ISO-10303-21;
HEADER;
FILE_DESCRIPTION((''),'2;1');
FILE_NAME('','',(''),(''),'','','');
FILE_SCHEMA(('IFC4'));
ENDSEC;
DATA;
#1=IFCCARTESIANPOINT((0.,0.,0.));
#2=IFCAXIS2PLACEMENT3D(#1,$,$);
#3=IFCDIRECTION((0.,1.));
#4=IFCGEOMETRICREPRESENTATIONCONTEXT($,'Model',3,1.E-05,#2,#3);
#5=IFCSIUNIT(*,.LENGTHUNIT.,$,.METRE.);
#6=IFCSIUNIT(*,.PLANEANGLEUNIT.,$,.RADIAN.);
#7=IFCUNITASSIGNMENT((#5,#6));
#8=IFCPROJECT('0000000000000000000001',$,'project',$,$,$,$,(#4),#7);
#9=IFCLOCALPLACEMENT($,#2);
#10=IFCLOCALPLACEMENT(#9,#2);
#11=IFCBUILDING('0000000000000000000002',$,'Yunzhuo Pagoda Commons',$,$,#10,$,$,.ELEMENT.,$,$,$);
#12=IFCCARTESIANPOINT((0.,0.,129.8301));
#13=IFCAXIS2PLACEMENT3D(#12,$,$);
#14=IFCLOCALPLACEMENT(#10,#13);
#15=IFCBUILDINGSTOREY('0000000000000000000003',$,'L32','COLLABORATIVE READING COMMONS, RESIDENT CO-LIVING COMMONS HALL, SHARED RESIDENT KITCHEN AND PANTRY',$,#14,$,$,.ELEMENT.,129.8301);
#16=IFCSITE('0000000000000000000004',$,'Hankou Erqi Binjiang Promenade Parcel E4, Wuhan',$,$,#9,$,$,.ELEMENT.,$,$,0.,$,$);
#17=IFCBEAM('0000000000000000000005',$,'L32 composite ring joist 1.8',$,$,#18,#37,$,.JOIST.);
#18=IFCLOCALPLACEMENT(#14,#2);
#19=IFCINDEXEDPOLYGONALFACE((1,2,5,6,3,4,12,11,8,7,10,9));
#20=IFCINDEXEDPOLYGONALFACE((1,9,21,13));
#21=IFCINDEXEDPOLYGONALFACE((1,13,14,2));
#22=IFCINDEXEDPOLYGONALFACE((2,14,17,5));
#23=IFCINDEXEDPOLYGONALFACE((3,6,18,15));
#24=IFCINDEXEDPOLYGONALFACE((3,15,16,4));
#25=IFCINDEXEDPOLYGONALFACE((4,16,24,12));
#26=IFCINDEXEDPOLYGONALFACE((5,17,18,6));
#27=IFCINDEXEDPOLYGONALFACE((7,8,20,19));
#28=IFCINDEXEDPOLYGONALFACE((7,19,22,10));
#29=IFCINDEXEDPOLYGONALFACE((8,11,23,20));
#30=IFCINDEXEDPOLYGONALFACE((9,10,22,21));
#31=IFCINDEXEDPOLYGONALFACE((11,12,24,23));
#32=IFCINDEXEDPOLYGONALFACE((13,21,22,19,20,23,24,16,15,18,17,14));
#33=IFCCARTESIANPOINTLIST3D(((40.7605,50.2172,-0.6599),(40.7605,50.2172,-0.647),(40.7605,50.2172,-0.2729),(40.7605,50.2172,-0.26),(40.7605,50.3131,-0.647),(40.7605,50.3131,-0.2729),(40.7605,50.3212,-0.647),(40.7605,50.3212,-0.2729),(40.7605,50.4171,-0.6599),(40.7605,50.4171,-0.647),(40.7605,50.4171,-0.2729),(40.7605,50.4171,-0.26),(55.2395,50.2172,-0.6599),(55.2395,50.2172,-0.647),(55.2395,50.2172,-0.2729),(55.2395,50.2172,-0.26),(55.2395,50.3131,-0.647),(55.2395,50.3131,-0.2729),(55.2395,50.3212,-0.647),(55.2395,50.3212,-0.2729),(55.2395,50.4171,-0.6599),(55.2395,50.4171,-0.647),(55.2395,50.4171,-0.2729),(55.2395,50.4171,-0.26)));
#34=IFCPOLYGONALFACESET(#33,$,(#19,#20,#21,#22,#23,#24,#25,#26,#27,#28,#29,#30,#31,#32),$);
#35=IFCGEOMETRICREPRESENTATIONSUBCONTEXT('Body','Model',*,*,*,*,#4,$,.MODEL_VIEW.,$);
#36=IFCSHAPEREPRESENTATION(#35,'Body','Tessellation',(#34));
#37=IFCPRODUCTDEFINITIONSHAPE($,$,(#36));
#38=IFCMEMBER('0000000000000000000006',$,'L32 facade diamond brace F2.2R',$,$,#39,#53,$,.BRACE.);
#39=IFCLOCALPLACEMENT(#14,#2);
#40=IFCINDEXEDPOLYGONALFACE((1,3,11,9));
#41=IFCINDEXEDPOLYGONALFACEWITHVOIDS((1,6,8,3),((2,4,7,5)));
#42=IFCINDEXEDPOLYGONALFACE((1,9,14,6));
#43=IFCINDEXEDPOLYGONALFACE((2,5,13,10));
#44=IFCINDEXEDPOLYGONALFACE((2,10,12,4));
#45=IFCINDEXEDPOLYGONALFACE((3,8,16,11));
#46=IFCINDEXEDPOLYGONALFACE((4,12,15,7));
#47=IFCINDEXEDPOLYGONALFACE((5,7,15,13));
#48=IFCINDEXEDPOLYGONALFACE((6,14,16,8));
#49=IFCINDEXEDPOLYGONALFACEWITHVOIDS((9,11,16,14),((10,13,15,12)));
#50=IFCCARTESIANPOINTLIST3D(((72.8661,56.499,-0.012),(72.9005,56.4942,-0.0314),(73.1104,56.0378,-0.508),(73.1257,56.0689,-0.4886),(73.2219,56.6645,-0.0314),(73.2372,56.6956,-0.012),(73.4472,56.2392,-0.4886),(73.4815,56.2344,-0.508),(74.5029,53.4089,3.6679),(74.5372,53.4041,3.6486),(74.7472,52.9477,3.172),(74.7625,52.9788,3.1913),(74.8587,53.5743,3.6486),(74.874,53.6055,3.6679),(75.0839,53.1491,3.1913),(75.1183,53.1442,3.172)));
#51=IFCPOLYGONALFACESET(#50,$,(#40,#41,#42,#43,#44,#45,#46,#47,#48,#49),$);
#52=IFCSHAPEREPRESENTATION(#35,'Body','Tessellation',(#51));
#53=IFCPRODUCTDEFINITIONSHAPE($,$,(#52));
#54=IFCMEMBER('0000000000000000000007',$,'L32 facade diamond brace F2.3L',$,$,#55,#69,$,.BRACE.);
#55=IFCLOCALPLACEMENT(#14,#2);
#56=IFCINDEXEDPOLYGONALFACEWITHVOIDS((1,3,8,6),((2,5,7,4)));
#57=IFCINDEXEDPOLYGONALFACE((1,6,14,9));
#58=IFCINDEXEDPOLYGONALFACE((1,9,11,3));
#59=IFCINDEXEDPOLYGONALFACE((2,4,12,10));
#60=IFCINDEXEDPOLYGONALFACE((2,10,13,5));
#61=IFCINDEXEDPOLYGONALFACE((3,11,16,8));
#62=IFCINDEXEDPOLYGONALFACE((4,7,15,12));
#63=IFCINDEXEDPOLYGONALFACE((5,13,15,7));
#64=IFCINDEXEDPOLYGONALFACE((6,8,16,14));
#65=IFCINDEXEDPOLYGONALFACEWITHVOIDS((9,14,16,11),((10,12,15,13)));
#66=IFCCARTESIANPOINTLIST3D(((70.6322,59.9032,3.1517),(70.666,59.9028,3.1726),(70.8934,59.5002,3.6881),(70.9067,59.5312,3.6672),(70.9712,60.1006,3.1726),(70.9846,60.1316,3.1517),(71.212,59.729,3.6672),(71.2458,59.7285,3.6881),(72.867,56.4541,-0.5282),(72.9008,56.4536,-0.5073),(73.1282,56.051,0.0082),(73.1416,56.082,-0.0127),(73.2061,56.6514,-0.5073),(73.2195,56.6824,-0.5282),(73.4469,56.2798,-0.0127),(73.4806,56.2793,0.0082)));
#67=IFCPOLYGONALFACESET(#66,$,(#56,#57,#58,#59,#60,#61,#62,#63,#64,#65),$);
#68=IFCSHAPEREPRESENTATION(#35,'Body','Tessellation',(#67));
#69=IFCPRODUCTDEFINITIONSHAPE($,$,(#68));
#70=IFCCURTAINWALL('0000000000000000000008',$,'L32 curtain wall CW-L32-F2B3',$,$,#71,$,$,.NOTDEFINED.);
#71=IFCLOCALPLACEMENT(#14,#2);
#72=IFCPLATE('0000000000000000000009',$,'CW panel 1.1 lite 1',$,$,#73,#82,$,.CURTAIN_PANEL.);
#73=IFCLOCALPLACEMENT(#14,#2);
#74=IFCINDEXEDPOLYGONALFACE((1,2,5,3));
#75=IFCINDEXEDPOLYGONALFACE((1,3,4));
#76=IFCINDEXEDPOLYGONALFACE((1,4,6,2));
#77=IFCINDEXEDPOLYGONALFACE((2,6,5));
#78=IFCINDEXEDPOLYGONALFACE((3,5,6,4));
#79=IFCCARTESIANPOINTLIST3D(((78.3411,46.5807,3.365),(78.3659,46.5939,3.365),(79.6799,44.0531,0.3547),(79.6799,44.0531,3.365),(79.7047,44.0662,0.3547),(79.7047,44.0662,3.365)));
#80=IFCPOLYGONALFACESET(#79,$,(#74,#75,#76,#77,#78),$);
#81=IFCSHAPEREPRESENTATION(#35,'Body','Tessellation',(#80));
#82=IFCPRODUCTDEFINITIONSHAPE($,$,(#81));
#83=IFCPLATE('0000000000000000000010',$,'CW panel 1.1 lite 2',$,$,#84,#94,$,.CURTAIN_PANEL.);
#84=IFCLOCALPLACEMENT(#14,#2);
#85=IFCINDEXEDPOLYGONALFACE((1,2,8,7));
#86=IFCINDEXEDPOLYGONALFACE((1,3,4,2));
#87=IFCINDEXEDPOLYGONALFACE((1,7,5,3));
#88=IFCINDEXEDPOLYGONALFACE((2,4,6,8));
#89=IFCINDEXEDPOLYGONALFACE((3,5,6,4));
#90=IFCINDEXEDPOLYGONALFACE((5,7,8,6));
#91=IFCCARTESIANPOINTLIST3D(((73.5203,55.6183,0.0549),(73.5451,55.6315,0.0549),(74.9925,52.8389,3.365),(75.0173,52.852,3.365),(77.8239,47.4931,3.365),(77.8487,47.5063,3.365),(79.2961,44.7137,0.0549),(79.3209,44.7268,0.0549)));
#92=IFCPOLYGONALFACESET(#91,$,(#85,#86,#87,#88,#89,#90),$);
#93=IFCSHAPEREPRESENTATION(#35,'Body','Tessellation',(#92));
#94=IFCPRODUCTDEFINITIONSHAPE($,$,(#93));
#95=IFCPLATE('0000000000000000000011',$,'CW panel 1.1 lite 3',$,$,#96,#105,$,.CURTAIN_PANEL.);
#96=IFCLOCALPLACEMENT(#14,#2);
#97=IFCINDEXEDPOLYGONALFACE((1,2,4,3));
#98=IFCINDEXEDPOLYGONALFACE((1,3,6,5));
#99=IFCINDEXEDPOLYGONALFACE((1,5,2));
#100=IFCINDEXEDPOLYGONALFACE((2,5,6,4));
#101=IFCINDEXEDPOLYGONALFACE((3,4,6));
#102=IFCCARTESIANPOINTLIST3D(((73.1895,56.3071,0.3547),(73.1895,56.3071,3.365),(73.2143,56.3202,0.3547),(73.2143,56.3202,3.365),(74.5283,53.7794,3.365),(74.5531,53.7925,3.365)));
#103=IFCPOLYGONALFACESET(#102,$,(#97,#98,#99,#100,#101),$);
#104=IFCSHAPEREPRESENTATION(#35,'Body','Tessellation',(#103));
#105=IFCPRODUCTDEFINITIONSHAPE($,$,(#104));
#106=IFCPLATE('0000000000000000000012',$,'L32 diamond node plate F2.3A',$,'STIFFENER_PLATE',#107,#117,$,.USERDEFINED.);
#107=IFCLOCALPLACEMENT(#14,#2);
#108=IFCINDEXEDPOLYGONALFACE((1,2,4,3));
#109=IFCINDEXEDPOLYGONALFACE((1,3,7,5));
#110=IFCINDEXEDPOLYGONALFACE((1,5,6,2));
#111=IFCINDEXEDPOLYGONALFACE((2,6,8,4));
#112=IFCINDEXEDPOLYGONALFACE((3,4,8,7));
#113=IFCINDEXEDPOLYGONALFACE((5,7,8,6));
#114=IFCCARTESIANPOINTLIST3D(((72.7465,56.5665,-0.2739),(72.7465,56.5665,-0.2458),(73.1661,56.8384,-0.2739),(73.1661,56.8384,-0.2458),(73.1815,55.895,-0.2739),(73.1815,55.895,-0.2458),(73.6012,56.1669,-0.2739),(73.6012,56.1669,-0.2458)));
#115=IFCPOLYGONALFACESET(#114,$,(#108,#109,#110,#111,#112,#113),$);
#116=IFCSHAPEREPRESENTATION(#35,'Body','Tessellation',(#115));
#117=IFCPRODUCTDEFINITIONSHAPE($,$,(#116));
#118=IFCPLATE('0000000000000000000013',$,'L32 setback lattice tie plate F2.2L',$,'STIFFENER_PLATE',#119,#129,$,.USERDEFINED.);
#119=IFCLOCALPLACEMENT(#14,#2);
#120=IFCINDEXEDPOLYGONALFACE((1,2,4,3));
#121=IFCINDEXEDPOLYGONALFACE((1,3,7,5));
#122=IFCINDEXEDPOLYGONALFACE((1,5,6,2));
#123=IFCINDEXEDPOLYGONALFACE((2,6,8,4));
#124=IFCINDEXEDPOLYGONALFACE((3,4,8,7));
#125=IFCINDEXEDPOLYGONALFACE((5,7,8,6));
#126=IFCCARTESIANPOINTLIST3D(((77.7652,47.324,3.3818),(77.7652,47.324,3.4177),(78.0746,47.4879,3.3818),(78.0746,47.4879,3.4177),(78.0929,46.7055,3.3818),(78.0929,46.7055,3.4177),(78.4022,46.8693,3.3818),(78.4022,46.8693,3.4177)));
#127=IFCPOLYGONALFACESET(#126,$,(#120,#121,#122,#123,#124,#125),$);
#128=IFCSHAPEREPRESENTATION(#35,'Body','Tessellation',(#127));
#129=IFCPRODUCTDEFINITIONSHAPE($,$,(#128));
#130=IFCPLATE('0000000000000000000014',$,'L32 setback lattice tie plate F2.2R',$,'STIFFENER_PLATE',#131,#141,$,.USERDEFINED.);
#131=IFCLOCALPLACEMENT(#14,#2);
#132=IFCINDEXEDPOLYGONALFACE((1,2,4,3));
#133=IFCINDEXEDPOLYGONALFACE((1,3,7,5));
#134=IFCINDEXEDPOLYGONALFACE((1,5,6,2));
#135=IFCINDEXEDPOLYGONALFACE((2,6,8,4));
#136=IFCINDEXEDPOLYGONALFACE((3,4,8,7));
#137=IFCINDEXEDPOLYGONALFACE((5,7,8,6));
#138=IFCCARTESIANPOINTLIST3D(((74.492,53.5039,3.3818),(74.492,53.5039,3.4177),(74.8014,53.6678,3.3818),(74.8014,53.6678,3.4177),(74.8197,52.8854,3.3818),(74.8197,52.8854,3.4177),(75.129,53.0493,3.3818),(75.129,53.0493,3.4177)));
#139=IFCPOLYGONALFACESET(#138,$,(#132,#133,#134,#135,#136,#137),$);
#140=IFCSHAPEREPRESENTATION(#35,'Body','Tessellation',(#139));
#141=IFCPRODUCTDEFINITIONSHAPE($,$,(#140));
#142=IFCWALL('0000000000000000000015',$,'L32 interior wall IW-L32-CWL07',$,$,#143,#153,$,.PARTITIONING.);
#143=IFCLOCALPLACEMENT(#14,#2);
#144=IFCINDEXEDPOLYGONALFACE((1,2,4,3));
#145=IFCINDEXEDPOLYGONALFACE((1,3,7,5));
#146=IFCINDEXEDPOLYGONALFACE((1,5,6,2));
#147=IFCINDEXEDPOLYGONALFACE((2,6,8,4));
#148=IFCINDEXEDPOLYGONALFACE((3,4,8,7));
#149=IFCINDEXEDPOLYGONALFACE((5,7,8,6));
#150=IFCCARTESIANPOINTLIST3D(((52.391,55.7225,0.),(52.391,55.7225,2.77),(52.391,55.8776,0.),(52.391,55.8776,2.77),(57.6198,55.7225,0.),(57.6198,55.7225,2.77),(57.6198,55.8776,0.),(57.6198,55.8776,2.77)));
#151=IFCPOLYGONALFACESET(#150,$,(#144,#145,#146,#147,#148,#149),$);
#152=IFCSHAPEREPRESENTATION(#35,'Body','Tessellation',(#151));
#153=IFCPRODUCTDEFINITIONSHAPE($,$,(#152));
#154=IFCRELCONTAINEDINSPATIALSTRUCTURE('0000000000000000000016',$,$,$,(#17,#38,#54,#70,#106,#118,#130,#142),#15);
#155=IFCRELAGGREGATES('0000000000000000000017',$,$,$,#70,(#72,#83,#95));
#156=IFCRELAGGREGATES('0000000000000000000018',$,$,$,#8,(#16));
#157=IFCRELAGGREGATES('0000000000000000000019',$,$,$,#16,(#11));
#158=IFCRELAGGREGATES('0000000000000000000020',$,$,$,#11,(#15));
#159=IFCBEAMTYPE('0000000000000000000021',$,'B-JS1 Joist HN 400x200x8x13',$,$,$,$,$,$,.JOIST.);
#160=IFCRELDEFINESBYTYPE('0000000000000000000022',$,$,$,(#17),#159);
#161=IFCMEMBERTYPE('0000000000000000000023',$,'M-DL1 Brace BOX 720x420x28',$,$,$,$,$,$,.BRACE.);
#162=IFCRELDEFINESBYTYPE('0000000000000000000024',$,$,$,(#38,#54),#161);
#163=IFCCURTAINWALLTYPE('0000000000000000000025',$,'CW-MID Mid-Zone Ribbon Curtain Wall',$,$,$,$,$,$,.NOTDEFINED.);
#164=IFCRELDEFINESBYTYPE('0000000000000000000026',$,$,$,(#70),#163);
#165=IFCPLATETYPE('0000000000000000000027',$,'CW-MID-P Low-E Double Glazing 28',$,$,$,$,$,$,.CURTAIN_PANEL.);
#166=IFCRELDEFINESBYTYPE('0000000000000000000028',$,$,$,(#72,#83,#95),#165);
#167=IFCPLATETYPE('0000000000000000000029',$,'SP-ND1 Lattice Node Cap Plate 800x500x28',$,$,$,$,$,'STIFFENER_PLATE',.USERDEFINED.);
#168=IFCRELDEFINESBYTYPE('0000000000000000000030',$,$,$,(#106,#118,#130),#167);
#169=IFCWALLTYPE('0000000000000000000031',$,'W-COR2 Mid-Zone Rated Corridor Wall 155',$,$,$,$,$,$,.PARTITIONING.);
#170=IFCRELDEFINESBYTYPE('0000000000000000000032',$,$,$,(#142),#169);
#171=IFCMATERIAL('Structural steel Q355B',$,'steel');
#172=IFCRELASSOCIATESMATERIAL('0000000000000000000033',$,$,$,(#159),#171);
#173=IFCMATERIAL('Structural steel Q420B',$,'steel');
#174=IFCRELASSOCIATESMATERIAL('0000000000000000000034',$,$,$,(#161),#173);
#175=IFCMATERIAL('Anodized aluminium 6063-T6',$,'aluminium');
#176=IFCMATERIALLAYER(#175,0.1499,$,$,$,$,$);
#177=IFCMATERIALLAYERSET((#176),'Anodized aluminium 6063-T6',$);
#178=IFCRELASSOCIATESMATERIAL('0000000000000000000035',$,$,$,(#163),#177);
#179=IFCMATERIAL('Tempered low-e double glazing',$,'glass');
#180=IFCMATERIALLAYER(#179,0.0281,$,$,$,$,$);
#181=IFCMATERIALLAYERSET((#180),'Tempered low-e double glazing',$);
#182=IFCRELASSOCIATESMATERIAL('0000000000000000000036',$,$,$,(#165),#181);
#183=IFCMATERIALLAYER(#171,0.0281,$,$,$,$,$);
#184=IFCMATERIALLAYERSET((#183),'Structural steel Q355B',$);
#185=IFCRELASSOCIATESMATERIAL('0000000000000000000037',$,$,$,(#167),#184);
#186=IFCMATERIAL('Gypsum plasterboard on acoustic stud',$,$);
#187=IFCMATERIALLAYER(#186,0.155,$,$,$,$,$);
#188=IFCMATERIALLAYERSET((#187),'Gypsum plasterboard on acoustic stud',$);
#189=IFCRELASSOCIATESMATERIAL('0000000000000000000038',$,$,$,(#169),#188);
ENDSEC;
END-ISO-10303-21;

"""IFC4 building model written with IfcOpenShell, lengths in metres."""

from ifc_helpers import new_model, si_unit, direction, frame, frame_2d, origin, origin_2d, place, context, subcontext, project, spatial, polyline, rectangle, hollow_rectangle, i_section, outline, extrude, source, transform, mapped, material, layer, layer_set, material_profile, profile_set, type_object, element, aggregate, save


model = new_model("IFC4")

# Units and contexts
model_context = context("Model", 3, precision=1e-05, world=origin(), true_north=direction((0.0, 1.0)))
body_context = subcontext(model_context, "Body", "Model", "MODEL_VIEW")
ifc_project = project(units=[si_unit("LENGTHUNIT", "METRE"), si_unit("PLANEANGLEUNIT", "RADIAN")], contexts=[model_context])

# Site, building, storey
site_placement = place(None, origin())
site = spatial("IfcSite", under=ifc_project, at=site_placement, Name="Hankou Erqi Binjiang Promenade Parcel E4, Wuhan", CompositionType="ELEMENT", RefElevation=0.0)
building_placement = place(site_placement, origin())
building = spatial("IfcBuilding", under=site, at=building_placement, Name="Yunzhuo Pagoda Commons", CompositionType="ELEMENT")
storey_placement = place(building_placement, frame((0.0, 0.0, 129.8301)))
storey = spatial("IfcBuildingStorey", under=building, at=storey_placement, Name="L32", Description="COLLABORATIVE READING COMMONS, RESIDENT CO-LIVING COMMONS HALL, SHARED RESIDENT KITCHEN AND PANTRY", CompositionType="ELEMENT", Elevation=129.8301)

# Shared definitions
ifc_material_1 = material(Name="Structural steel Q420B", Category="steel")

# Beam
ifc_material_2 = material(Name="Structural steel Q355B", Category="steel")
ifc_material_profile_1 = material_profile(ifc_material_2, i_section(OverallWidth=0.2, OverallDepth=0.3999, WebThickness=0.0081, FlangeThickness=0.0129, at=origin_2d()), Name="Structural steel Q355B")
ifc_profile_set_1 = profile_set([ifc_material_profile_1], Name="Structural steel Q355B")
beam_type_1 = type_object("IfcBeamType", Name="B-JS1 Joist HN 400x200x8x13", PredefinedType="JOIST", material=ifc_profile_set_1)
shared_shape_1 = source(origin(), body_context, "Body", "SweptSolid", [
    extrude(i_section(OverallWidth=0.2, OverallDepth=0.3999, WebThickness=0.0081, FlangeThickness=0.0129, at=origin_2d()), origin(), (0.0, 0.0, 1.0), 14.479),
])
beam_1_placement = place(storey_placement, frame((55.2395, 50.3171, -0.46), z_axis=(-1.0, 0.0, 0.0), x_axis=(0.0, -1.0, 0.0)))
element("IfcBeam", 1, at=beam_1_placement, inside=storey, type_object=beam_type_1, Name="L32 composite ring joist 1.8", PredefinedType="JOIST", context=body_context, shape_type="MappedRepresentation", body=[
    mapped(shared_shape_1, transform((0.0, 0.0, 0.0), scale=1.0)),
])

# Members
ifc_material_profile_2 = material_profile(ifc_material_1, hollow_rectangle(XDim=0.4199, YDim=0.72, WallThickness=0.0281, at=origin_2d()), Name="Structural steel Q420B")
ifc_profile_set_2 = profile_set([ifc_material_profile_2], Name="Structural steel Q420B")
member_type = type_object("IfcMemberType", Name="M-DL1 Brace BOX 720x420x28", PredefinedType="BRACE", material=ifc_profile_set_2)
shared_shape_2 = source(origin(), body_context, "Body", "SweptSolid", [
    extrude(hollow_rectangle(XDim=0.4199, YDim=0.72, WallThickness=0.0281, at=origin_2d()), origin(), (0.0, 0.0, 1.0), 5.0764),
])
member_1_placement = place(storey_placement, frame((73.1738, 56.3667, -0.26), z_axis=(0.32242, -0.608722, 0.724916), x_axis=(0.883694, 0.468064, 0.0)))
element("IfcMember", 2, at=member_1_placement, inside=storey, type_object=member_type, Name="L32 facade diamond brace F2.2R", PredefinedType="BRACE", context=body_context, shape_type="MappedRepresentation", body=[
    mapped(shared_shape_2, transform((0.0, 0.0, 0.0), scale=1.0)),
])
shared_shape_3 = source(origin(), body_context, "Body", "SweptSolid", [
    extrude(hollow_rectangle(XDim=0.4199, YDim=0.72, WallThickness=0.0281, at=origin_2d()), origin(), (0.0, 0.0, 1.0), 5.5166),
])
member_2_placement = place(storey_placement, frame((73.1738, 56.3667, -0.26), z_axis=(-0.405111, 0.625236, 0.667057), x_axis=(-0.839235, -0.543768, 0.0)))
element("IfcMember", 3, at=member_2_placement, inside=storey, type_object=member_type, Name="L32 facade diamond brace F2.3L", PredefinedType="BRACE", context=body_context, shape_type="MappedRepresentation", body=[
    mapped(shared_shape_3, transform((0.0, 0.0, 0.0), scale=1.0)),
])

# Curtain wall, plates
ifc_material_3 = material(Name="Anodized aluminium 6063-T6", Category="aluminium")
ifc_layer_1 = layer(ifc_material_3, 0.1499)
ifc_layer_set_1 = layer_set([ifc_layer_1], Name="Anodized aluminium 6063-T6")
curtain_wall_type = type_object("IfcCurtainWallType", Name="CW-MID Mid-Zone Ribbon Curtain Wall", PredefinedType="NOTDEFINED", material=ifc_layer_set_1)
curtain_wall_placement = place(storey_placement, origin())
curtain_wall = element("IfcCurtainWall", 4, at=curtain_wall_placement, inside=storey, type_object=curtain_wall_type, Name="L32 curtain wall CW-L32-F2B3", PredefinedType="NOTDEFINED")
ifc_material_4 = material(Name="Tempered low-e double glazing", Category="glass")
ifc_layer_2 = layer(ifc_material_4, 0.0281)
ifc_layer_set_2 = layer_set([ifc_layer_2], Name="Tempered low-e double glazing")
plate_type_1 = type_object("IfcPlateType", Name="CW-MID-P Low-E Double Glazing 28", PredefinedType="CURTAIN_PANEL", material=ifc_layer_set_2)
plate_1_placement = place(storey_placement, frame((79.0105, 45.3169, 1.8599), z_axis=(0.883694, 0.468065, 0.0), x_axis=(-0.468065, 0.883694, 0.0)))
plate_1 = element("IfcPlate", 5, at=plate_1_placement, type_object=plate_type_1, Name="CW panel 1.1 lite 1", PredefinedType="CURTAIN_PANEL", context=body_context, shape_type="SweptSolid", body=[
    extrude(outline(polyline([(-1.4302, -1.5051), (1.4302, 1.5051), (-1.4302, 1.5051), (-1.4302, -1.5051)])), origin(), (0.0, 0.0, 1.0), 0.0281),
])
plate_2_placement = place(storey_placement, frame((76.4082, 50.166, 1.71), z_axis=(0.883694, 0.468065, 0.0), x_axis=(-0.468065, 0.883694, 0.0)))
plate_2 = element("IfcPlate", 6, at=plate_2_placement, type_object=plate_type_1, Name="CW panel 1.1 lite 2", PredefinedType="CURTAIN_PANEL", context=body_context, shape_type="SweptSolid", body=[
    extrude(outline(polyline([(-6.1699, -1.655), (6.1699, -1.655), (3.0247, 1.655), (-3.0247, 1.655), (-6.1699, -1.655)])), origin(), (0.0, 0.0, 1.0), 0.0281),
])
plate_3_placement = place(storey_placement, frame((73.8589, 55.0432, 1.8599), z_axis=(0.883694, 0.468065, 0.0), x_axis=(-0.468065, 0.883694, 0.0)))
plate_3 = element("IfcPlate", 7, at=plate_3_placement, type_object=plate_type_1, Name="CW panel 1.1 lite 3", PredefinedType="CURTAIN_PANEL", context=body_context, shape_type="SweptSolid", body=[
    extrude(outline(polyline([(-1.4302, 1.5051), (1.4302, -1.5051), (1.4302, 1.5051), (-1.4302, 1.5051)])), origin(), (0.0, 0.0, 1.0), 0.0281),
])
aggregate(curtain_wall, [plate_1, plate_2, plate_3])

# Plates
ifc_layer_3 = layer(ifc_material_2, 0.0281)
ifc_layer_set_3 = layer_set([ifc_layer_3], Name="Structural steel Q355B")
plate_type_2 = type_object("IfcPlateType", Name="SP-ND1 Lattice Node Cap Plate 800x500x28", ElementType="STIFFENER_PLATE", PredefinedType="USERDEFINED", material=ifc_layer_set_3)
shared_shape_4 = source(origin(), body_context, "Body", "SweptSolid", [
    extrude(rectangle(XDim=0.8, YDim=0.5, at=origin_2d()), origin(), (0.0, 0.0, 1.0), 0.0281),
])
plate_4_placement = place(storey_placement, frame((73.1738, 56.3667, -0.2739), z_axis=(0.0, 0.0, 1.0), x_axis=(-0.543746, 0.83925, 0.0)))
element("IfcPlate", 8, at=plate_4_placement, inside=storey, type_object=plate_type_2, Name="L32 diamond node plate F2.3A", ObjectType="STIFFENER_PLATE", PredefinedType="USERDEFINED", context=body_context, shape_type="MappedRepresentation", body=[
    mapped(shared_shape_4, transform((0.0, 0.0, 0.0), scale=1.0)),
])
shared_shape_5 = source(origin(), body_context, "Body", "SweptSolid", [
    extrude(rectangle(XDim=0.7, YDim=0.3501, at=origin_2d()), origin(), (0.0, 0.0, 1.0), 0.0359),
])
for number, where, z_axis, x_axis, name in (
    (9, (78.0837, 47.0967, 3.3818), (0.0, 0.0, 1.0), (-0.468069, 0.883692, 0.0), "L32 setback lattice tie plate F2.2L"),
    (10, (74.8105, 53.2766, 3.3818), (0.0, 0.0, 1.0), (-0.468069, 0.883692, 0.0), "L32 setback lattice tie plate F2.2R"),
):
    element("IfcPlate", number, at=place(storey_placement, frame(where, z_axis=z_axis, x_axis=x_axis)), inside=storey, type_object=plate_type_2, Name=name, ObjectType="STIFFENER_PLATE", PredefinedType="USERDEFINED", context=body_context, shape_type="MappedRepresentation", body=[
        mapped(shared_shape_5, transform((0.0, 0.0, 0.0), scale=1.0)),
    ])

# Wall
ifc_material_5 = material(Name="Gypsum plasterboard on acoustic stud")
ifc_layer_4 = layer(ifc_material_5, 0.155)
ifc_layer_set_4 = layer_set([ifc_layer_4], Name="Gypsum plasterboard on acoustic stud")
wall_type_1 = type_object("IfcWallType", Name="W-COR2 Mid-Zone Rated Corridor Wall 155", PredefinedType="PARTITIONING", material=ifc_layer_set_4)
wall_1_placement = place(storey_placement, frame((52.3911, 55.8, 0.0), z_axis=(0.0, 0.0, 1.0), x_axis=(1.0, 0.0, 0.0)))
element("IfcWall", 11, at=wall_1_placement, inside=storey, type_object=wall_type_1, Name="L32 interior wall IW-L32-CWL07", PredefinedType="PARTITIONING", context=body_context, shape_type="SweptSolid", body=[
    extrude(rectangle(XDim=5.2288, YDim=0.155, at=frame_2d((2.6143, 0.0))), origin(), (0.0, 0.0, 1.0), 2.77),
])

save(model, "model.ifc")
